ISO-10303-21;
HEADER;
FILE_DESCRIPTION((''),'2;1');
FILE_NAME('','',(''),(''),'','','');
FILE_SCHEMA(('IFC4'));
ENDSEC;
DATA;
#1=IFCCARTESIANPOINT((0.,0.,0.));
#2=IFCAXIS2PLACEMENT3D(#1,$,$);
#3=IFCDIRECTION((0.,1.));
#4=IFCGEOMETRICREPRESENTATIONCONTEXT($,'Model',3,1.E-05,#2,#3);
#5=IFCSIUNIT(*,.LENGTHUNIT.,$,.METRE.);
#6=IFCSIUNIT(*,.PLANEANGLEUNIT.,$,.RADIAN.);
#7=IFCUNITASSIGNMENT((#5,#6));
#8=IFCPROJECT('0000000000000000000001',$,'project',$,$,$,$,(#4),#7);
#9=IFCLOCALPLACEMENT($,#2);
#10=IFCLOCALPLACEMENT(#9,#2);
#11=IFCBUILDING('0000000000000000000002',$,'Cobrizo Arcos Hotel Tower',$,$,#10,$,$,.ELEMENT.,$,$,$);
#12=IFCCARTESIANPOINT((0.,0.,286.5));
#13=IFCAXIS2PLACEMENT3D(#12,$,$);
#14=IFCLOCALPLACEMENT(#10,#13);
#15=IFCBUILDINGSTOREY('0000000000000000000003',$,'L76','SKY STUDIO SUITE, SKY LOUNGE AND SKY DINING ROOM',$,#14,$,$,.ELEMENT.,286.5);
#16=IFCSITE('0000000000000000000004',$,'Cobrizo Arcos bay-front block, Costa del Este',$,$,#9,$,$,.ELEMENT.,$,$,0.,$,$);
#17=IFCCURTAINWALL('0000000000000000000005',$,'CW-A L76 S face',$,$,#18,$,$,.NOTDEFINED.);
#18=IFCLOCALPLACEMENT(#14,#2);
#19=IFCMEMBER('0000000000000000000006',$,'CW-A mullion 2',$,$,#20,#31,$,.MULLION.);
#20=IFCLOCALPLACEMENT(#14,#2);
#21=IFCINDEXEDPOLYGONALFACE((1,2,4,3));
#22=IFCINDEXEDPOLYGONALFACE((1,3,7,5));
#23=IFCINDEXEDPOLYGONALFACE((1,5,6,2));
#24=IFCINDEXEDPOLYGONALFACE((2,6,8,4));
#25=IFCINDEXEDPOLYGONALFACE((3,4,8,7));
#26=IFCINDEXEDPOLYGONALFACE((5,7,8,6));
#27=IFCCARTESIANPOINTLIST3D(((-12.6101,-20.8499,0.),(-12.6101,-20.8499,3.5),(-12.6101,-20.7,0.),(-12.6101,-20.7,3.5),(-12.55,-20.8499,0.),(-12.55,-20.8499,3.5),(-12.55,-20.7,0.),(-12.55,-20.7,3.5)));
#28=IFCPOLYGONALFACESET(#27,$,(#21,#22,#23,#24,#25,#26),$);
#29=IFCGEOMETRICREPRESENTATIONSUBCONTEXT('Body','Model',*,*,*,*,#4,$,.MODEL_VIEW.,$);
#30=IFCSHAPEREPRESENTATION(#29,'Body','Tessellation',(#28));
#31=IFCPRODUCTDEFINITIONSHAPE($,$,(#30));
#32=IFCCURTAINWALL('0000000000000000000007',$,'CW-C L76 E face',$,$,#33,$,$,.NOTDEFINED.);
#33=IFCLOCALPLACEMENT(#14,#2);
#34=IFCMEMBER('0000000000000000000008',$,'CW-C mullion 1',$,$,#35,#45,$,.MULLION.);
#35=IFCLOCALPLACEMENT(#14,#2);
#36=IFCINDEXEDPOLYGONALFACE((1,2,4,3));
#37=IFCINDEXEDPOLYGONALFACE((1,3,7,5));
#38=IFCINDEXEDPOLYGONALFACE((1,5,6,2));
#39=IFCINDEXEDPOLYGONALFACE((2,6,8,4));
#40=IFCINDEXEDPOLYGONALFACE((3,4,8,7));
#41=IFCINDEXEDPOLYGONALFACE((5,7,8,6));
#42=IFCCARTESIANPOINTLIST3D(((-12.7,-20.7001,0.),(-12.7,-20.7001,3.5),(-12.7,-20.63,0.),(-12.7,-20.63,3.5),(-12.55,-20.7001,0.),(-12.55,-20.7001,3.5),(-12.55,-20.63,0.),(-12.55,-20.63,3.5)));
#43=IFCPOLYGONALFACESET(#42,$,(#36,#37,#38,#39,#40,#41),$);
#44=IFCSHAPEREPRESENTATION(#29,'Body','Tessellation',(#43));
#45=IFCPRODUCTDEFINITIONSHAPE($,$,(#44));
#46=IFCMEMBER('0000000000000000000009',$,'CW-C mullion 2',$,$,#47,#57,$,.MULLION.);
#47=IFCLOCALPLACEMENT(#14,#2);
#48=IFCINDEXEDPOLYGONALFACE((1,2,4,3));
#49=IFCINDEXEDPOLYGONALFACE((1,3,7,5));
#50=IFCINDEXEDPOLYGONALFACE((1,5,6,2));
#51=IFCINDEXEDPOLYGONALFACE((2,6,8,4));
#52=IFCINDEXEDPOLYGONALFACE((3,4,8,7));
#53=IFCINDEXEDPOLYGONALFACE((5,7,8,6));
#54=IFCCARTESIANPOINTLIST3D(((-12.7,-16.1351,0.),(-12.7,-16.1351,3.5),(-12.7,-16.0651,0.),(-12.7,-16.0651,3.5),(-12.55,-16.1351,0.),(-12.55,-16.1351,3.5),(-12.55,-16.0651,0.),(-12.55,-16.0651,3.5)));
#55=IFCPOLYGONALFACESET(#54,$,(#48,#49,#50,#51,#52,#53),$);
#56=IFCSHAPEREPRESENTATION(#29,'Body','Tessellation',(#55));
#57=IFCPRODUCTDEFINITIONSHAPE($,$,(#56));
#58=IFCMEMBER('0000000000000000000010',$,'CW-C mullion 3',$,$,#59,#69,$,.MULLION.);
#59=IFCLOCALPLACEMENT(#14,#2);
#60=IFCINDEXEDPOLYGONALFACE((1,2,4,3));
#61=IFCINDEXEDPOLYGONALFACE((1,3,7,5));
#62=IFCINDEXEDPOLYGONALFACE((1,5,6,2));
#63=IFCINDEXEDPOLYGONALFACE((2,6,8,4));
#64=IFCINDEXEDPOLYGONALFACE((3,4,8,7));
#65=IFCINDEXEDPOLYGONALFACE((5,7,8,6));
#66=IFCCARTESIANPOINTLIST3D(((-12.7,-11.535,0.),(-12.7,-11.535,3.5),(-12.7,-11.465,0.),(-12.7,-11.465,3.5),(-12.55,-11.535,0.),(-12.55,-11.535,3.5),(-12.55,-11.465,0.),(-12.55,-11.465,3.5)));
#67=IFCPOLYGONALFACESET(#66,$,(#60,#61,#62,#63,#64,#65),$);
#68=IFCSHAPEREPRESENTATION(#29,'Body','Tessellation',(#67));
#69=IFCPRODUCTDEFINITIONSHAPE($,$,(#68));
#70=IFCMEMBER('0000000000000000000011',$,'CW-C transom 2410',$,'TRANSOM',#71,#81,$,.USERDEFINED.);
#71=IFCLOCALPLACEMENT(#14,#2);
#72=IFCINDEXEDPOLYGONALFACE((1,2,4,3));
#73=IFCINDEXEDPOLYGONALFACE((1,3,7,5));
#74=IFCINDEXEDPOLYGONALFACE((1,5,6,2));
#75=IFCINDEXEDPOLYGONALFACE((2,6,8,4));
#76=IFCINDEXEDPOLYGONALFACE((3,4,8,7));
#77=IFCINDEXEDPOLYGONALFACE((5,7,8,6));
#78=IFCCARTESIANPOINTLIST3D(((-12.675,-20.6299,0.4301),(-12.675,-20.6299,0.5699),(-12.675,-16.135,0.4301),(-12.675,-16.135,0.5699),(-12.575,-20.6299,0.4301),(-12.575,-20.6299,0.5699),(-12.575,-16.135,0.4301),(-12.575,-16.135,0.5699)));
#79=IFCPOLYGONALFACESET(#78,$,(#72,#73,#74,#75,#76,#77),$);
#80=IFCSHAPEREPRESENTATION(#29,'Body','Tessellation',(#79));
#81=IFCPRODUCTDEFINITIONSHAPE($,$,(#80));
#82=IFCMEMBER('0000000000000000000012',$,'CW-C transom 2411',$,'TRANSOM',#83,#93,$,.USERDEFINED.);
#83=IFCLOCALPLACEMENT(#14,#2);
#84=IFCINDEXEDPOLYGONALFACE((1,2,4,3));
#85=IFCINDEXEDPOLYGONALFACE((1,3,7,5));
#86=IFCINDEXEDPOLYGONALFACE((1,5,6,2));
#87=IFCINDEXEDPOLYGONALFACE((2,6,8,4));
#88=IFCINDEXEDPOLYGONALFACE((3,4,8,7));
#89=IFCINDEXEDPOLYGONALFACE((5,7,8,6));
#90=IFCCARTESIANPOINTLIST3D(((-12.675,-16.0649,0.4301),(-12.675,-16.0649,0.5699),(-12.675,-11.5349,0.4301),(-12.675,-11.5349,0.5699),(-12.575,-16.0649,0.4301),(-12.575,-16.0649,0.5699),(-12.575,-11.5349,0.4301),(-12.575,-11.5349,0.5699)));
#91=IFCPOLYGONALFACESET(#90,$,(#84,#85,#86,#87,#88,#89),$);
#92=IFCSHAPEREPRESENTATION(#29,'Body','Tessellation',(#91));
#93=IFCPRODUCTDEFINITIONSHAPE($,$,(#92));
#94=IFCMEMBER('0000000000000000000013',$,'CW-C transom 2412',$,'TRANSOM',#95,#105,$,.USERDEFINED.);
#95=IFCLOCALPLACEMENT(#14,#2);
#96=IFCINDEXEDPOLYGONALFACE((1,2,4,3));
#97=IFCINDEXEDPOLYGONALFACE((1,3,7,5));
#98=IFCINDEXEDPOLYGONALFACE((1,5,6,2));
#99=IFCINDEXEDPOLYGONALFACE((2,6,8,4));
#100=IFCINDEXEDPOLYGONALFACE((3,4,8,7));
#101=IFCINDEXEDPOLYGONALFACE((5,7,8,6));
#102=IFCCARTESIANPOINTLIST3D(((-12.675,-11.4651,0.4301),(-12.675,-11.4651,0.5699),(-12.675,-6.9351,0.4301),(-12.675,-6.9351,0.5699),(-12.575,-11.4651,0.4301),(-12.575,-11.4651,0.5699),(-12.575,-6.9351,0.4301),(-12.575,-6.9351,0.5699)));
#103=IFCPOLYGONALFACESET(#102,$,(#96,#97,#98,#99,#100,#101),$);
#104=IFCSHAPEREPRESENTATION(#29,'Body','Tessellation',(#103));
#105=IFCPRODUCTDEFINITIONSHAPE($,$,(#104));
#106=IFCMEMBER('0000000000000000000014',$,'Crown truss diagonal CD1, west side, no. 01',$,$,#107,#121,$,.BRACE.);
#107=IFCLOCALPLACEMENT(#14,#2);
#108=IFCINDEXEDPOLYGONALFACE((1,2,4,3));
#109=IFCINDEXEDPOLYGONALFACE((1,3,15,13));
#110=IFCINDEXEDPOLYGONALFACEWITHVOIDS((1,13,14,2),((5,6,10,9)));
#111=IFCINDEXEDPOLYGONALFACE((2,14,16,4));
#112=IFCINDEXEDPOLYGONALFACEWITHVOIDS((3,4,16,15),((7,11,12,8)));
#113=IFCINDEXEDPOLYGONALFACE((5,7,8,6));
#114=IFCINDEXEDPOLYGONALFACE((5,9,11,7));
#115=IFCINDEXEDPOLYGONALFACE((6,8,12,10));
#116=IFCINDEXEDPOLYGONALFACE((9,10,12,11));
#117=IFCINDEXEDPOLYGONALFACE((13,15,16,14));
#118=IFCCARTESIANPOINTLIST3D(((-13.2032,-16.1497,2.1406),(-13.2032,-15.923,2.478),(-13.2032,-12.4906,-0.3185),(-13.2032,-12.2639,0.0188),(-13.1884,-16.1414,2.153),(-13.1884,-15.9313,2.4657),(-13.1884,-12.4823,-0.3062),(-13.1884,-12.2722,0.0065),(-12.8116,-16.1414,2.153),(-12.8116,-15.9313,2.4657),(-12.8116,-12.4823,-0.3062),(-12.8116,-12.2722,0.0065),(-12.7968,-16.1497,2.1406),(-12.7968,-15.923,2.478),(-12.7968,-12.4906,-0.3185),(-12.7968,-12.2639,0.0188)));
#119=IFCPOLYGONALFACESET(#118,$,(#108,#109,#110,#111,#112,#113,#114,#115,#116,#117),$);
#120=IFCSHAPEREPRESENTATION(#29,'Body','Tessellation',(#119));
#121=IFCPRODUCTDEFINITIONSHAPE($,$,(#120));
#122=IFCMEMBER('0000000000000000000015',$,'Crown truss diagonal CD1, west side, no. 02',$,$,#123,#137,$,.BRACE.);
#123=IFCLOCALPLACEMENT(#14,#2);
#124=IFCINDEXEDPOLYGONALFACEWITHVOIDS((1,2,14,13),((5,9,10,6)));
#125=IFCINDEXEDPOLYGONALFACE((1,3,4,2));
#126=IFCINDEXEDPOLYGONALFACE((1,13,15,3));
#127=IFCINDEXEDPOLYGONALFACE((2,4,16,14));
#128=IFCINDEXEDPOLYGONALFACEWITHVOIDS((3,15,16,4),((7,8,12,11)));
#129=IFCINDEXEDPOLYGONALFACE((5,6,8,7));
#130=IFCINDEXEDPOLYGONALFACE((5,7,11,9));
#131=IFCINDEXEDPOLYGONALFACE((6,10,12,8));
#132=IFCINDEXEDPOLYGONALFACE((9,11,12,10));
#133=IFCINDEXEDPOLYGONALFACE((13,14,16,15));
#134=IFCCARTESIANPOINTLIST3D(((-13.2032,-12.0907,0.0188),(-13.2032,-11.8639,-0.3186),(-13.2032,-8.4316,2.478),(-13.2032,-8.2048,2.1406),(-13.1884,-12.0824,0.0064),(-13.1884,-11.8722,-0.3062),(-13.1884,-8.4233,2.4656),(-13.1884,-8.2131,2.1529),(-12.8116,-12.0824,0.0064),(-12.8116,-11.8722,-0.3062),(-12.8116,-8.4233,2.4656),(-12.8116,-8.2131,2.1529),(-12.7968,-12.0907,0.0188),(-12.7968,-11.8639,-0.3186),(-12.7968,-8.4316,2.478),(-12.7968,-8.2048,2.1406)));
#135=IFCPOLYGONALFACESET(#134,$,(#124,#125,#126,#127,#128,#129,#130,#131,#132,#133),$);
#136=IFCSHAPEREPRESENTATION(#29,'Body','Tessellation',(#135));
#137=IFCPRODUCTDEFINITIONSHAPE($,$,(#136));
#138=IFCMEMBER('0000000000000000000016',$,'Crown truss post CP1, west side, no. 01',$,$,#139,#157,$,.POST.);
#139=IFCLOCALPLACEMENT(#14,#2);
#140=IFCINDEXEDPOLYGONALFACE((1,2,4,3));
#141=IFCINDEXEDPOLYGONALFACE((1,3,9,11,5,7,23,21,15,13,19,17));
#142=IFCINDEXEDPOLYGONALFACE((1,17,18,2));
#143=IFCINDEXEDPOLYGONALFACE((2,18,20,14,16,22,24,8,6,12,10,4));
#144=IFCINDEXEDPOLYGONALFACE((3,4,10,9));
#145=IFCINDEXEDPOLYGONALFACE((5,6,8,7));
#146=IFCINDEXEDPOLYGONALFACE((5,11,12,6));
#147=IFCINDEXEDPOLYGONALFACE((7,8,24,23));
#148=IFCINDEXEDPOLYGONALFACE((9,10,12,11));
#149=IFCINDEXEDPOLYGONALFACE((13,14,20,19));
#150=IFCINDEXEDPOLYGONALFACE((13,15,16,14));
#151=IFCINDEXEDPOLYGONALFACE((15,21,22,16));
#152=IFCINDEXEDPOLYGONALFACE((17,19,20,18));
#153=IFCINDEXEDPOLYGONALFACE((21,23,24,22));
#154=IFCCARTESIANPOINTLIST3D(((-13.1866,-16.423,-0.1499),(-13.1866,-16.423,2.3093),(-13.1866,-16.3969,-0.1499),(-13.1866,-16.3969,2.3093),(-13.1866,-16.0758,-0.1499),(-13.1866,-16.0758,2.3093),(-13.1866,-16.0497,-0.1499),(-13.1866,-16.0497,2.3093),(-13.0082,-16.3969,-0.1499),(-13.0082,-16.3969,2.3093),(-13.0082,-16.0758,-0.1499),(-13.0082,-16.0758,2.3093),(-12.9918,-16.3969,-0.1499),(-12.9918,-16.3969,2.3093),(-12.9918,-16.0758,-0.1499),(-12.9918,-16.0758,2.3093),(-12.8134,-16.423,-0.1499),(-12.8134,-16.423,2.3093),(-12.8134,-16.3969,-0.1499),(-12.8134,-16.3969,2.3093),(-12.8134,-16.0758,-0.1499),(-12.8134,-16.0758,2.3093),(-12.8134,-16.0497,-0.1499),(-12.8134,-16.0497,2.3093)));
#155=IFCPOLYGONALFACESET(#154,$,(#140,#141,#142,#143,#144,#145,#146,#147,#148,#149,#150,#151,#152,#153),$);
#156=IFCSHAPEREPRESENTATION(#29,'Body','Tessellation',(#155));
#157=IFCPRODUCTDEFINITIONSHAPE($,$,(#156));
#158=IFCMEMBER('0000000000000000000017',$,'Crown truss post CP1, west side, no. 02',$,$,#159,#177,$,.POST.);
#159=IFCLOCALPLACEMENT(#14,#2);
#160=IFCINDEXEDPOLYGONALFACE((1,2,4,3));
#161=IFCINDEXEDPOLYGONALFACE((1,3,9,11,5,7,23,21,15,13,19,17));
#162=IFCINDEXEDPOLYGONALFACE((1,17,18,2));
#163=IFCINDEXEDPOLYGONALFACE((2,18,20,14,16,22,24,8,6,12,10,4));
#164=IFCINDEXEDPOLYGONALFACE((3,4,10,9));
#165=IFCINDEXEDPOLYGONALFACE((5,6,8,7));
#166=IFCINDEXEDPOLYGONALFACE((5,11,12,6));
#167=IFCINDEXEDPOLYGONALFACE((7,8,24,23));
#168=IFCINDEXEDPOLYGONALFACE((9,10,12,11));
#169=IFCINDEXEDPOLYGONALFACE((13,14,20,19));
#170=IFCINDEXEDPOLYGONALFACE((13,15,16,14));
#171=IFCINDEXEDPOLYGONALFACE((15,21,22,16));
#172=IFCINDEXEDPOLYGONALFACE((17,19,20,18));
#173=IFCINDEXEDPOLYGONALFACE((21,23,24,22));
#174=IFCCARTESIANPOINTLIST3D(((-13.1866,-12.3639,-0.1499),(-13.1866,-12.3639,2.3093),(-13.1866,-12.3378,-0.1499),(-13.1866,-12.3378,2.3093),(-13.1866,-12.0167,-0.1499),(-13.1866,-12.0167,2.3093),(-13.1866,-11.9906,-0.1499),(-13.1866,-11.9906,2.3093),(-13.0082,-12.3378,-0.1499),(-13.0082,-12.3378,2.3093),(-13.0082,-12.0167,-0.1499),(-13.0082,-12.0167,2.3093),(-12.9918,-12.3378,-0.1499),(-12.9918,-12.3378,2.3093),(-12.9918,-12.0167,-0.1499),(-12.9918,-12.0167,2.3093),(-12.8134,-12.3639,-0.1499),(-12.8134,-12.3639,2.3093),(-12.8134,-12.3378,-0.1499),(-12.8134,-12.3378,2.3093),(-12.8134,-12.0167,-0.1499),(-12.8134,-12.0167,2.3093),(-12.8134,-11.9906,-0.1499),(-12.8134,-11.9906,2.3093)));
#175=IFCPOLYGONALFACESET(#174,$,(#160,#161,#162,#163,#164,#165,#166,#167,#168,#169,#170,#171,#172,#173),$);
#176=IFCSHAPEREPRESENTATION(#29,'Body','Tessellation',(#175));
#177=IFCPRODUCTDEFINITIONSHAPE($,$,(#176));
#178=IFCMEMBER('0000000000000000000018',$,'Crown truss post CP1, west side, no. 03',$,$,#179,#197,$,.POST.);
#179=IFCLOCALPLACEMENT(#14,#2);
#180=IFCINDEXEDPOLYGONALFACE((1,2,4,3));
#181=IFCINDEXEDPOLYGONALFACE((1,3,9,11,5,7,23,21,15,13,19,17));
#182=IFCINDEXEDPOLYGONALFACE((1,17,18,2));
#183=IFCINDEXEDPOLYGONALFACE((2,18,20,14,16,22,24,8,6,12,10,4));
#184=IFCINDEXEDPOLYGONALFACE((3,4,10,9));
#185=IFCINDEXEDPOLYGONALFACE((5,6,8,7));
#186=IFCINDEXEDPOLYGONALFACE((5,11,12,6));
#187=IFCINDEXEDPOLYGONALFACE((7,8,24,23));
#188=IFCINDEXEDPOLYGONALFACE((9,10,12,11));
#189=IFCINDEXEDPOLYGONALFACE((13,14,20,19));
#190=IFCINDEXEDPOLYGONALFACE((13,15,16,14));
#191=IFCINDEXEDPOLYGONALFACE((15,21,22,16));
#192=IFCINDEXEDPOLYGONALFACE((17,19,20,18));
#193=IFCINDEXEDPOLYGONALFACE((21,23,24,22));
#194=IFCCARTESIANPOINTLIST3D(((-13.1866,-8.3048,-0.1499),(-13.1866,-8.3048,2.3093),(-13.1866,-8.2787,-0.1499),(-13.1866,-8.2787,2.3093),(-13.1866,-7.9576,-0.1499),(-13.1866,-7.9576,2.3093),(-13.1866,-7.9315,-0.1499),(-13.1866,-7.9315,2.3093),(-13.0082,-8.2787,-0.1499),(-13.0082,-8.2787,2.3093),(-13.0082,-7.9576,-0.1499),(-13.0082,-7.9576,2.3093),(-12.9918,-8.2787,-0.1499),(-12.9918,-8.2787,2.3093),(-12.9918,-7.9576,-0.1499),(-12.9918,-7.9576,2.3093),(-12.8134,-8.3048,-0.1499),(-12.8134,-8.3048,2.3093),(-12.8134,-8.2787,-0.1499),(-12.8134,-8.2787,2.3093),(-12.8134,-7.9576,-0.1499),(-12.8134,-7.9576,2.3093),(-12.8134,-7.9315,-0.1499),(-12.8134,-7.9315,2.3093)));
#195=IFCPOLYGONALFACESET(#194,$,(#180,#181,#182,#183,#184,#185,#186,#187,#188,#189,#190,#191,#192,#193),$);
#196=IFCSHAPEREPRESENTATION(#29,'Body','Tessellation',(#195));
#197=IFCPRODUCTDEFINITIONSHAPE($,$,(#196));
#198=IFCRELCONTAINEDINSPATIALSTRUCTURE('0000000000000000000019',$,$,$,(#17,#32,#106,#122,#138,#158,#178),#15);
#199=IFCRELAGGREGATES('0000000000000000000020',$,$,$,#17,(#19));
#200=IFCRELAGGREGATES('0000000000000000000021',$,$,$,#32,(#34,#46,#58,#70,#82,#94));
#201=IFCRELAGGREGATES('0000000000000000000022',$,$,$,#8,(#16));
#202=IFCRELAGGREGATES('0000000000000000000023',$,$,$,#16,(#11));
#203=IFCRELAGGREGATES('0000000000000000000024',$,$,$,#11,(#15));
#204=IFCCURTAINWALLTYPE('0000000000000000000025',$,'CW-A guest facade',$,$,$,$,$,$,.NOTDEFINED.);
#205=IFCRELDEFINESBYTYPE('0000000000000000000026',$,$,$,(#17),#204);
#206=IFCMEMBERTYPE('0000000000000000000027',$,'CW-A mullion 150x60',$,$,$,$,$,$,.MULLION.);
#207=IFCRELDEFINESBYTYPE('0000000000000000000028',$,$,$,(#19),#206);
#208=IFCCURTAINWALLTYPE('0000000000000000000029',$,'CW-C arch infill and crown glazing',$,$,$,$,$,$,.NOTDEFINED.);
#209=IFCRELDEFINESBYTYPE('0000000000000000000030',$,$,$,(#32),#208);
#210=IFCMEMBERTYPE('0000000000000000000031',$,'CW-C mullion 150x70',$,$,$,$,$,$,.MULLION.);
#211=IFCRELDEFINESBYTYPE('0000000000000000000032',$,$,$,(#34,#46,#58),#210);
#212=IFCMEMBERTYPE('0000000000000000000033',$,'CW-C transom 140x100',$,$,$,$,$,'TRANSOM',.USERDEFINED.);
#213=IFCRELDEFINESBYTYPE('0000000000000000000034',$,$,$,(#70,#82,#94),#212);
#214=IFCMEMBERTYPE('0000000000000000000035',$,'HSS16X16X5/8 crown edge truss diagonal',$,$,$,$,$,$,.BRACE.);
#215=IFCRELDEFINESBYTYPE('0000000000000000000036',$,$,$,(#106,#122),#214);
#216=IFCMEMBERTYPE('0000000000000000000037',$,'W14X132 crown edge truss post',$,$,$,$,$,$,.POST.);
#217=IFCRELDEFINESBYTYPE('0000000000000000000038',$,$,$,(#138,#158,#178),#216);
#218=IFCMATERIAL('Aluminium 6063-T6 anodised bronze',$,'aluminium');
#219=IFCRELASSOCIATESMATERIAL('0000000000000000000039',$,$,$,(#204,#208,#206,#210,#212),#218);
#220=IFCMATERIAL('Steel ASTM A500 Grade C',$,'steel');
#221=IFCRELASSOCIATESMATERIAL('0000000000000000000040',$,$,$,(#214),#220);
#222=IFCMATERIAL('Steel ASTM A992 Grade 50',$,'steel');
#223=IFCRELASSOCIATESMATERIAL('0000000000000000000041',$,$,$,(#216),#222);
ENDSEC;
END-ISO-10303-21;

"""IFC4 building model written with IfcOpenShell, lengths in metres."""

from ifc_helpers import new_model, si_unit, direction, frame, origin, origin_2d, place, context, subcontext, project, spatial, rectangle, hollow_rectangle, i_section, extrude, material, material_profile, profile_set, type_object, element, aggregate, save


model = new_model("IFC4")

# Units and contexts
model_context = context("Model", 3, precision=1e-05, world=origin(), true_north=direction((0.0, 1.0)))
body_context = subcontext(model_context, "Body", "Model", "MODEL_VIEW")
ifc_project = project(units=[si_unit("LENGTHUNIT", "METRE"), si_unit("PLANEANGLEUNIT", "RADIAN")], contexts=[model_context])

# Site, building, storey
site_placement = place(None, origin())
site = spatial("IfcSite", under=ifc_project, at=site_placement, Name="Cobrizo Arcos bay-front block, Costa del Este", CompositionType="ELEMENT", RefElevation=0.0)
building_placement = place(site_placement, origin())
building = spatial("IfcBuilding", under=site, at=building_placement, Name="Cobrizo Arcos Hotel Tower", CompositionType="ELEMENT")
storey_placement = place(building_placement, frame((0.0, 0.0, 286.5)))
storey = spatial("IfcBuildingStorey", under=building, at=storey_placement, Name="L76", Description="SKY STUDIO SUITE, SKY LOUNGE AND SKY DINING ROOM", CompositionType="ELEMENT", Elevation=286.5)

# Curtain wall, member
ifc_material_1 = material(Name="Aluminium 6063-T6 anodised bronze", Category="aluminium")
curtain_wall_type_1 = type_object("IfcCurtainWallType", Name="CW-A guest facade", PredefinedType="NOTDEFINED", material=ifc_material_1)
curtain_wall_1_placement = place(storey_placement, origin())
curtain_wall_1 = element("IfcCurtainWall", 1, at=curtain_wall_1_placement, inside=storey, type_object=curtain_wall_type_1, Name="CW-A L76 S face", PredefinedType="NOTDEFINED")
ifc_material_profile_1 = material_profile(ifc_material_1, rectangle(XDim=0.1499, YDim=0.0601, at=origin_2d()), Name="CW-A mullion 150x60")
ifc_profile_set_1 = profile_set([ifc_material_profile_1], Name="Aluminium 6063-T6 anodised bronze")
member_type_1 = type_object("IfcMemberType", Name="CW-A mullion 150x60", PredefinedType="MULLION", material=ifc_profile_set_1)
member_1_placement = place(storey_placement, frame((-12.5801, -20.7749, 0.0), z_axis=(0.0, 0.0, 1.0), x_axis=(0.0, -1.0, 0.0)))
member_1 = element("IfcMember", 2, at=member_1_placement, type_object=member_type_1, Name="CW-A mullion 2", PredefinedType="MULLION", context=body_context, shape_type="SweptSolid", body=[
    extrude(rectangle(XDim=0.1499, YDim=0.0601, at=origin_2d()), origin(), (0.0, 0.0, 1.0), 3.5),
])
aggregate(curtain_wall_1, [member_1])

# Curtain wall, members
curtain_wall_type_2 = type_object("IfcCurtainWallType", Name="CW-C arch infill and crown glazing", PredefinedType="NOTDEFINED", material=ifc_material_1)
curtain_wall_2_placement = place(storey_placement, origin())
curtain_wall_2 = element("IfcCurtainWall", 3, at=curtain_wall_2_placement, inside=storey, type_object=curtain_wall_type_2, Name="CW-C L76 E face", PredefinedType="NOTDEFINED")
ifc_material_profile_2 = material_profile(ifc_material_1, rectangle(XDim=0.1499, YDim=0.0701, at=origin_2d()), Name="CW-C mullion 150x70")
ifc_profile_set_2 = profile_set([ifc_material_profile_2], Name="Aluminium 6063-T6 anodised bronze")
member_type_2 = type_object("IfcMemberType", Name="CW-C mullion 150x70", PredefinedType="MULLION", material=ifc_profile_set_2)
member_2_placement = place(storey_placement, frame((-12.625, -20.665, 0.0), z_axis=(0.0, 0.0, 1.0), x_axis=(1.0, 0.0, 0.0)))
member_2 = element("IfcMember", 4, at=member_2_placement, type_object=member_type_2, Name="CW-C mullion 1", PredefinedType="MULLION", context=body_context, shape_type="SweptSolid", body=[
    extrude(rectangle(XDim=0.1499, YDim=0.0701, at=origin_2d()), origin(), (0.0, 0.0, 1.0), 3.5),
])
member_3_placement = place(storey_placement, frame((-12.625, -16.1001, 0.0), z_axis=(0.0, 0.0, 1.0), x_axis=(1.0, 0.0, 0.0)))
member_3 = element("IfcMember", 5, at=member_3_placement, type_object=member_type_2, Name="CW-C mullion 2", PredefinedType="MULLION", context=body_context, shape_type="SweptSolid", body=[
    extrude(rectangle(XDim=0.1499, YDim=0.0701, at=origin_2d()), origin(), (0.0, 0.0, 1.0), 3.5),
])
member_4_placement = place(storey_placement, frame((-12.625, -11.5, 0.0), z_axis=(0.0, 0.0, 1.0), x_axis=(1.0, 0.0, 0.0)))
member_4 = element("IfcMember", 6, at=member_4_placement, type_object=member_type_2, Name="CW-C mullion 3", PredefinedType="MULLION", context=body_context, shape_type="SweptSolid", body=[
    extrude(rectangle(XDim=0.1499, YDim=0.0701, at=origin_2d()), origin(), (0.0, 0.0, 1.0), 3.5),
])
ifc_material_profile_3 = material_profile(ifc_material_1, rectangle(XDim=0.1001, YDim=0.1399, at=origin_2d()), Name="CW-C transom 140x100")
ifc_profile_set_3 = profile_set([ifc_material_profile_3], Name="Aluminium 6063-T6 anodised bronze")
member_type_3 = type_object("IfcMemberType", Name="CW-C transom 140x100", ElementType="TRANSOM", PredefinedType="USERDEFINED", material=ifc_profile_set_3)
member_5_placement = place(storey_placement, frame((-12.625, -20.6299, 0.5), z_axis=(0.0, 1.0, 0.0), x_axis=(-1.0, 0.0, 0.0)))
member_5 = element("IfcMember", 7, at=member_5_placement, type_object=member_type_3, Name="CW-C transom 2410", ObjectType="TRANSOM", PredefinedType="USERDEFINED", context=body_context, shape_type="SweptSolid", body=[
    extrude(rectangle(XDim=0.1001, YDim=0.1399, at=origin_2d()), origin(), (0.0, 0.0, 1.0), 4.4949),
])
member_6_placement = place(storey_placement, frame((-12.625, -16.0649, 0.5), z_axis=(0.0, 1.0, 0.0), x_axis=(-1.0, 0.0, 0.0)))
member_6 = element("IfcMember", 8, at=member_6_placement, type_object=member_type_3, Name="CW-C transom 2411", ObjectType="TRANSOM", PredefinedType="USERDEFINED", context=body_context, shape_type="SweptSolid", body=[
    extrude(rectangle(XDim=0.1001, YDim=0.1399, at=origin_2d()), origin(), (0.0, 0.0, 1.0), 4.53),
])
member_7_placement = place(storey_placement, frame((-12.625, -11.4651, 0.5), z_axis=(0.0, 1.0, 0.0), x_axis=(-1.0, 0.0, 0.0)))
member_7 = element("IfcMember", 9, at=member_7_placement, type_object=member_type_3, Name="CW-C transom 2412", ObjectType="TRANSOM", PredefinedType="USERDEFINED", context=body_context, shape_type="SweptSolid", body=[
    extrude(rectangle(XDim=0.1001, YDim=0.1399, at=origin_2d()), origin(), (0.0, 0.0, 1.0), 4.53),
])

# Members
ifc_material_2 = material(Name="Steel ASTM A500 Grade C", Category="steel")
ifc_material_profile_4 = material_profile(ifc_material_2, hollow_rectangle(XDim=0.4065, YDim=0.4065, WallThickness=0.0149, at=origin_2d()), Name="HSS16X16X5/8")
ifc_profile_set_4 = profile_set([ifc_material_profile_4], Name="Steel ASTM A500 Grade C")
member_type_4 = type_object("IfcMemberType", Name="HSS16X16X5/8 crown edge truss diagonal", PredefinedType="BRACE", material=ifc_profile_set_4)
for number, where, z_axis, x_axis, name in (
    (10, (-13.0, -16.0364, 2.3093), (0.0, 0.829974, -0.557802), (-1.0, 0.0, 0.0), "Crown truss diagonal CD1, west side, no. 01"),
    (11, (-13.0, -11.9773, -0.1499), (0.0, 0.829974, 0.557802), (-1.0, 0.0, 0.0), "Crown truss diagonal CD1, west side, no. 02"),
):
    element("IfcMember", number, at=place(storey_placement, frame(where, z_axis=z_axis, x_axis=x_axis)), inside=storey, type_object=member_type_4, Name=name, PredefinedType="BRACE", context=body_context, shape_type="SweptSolid", body=[
        extrude(hollow_rectangle(XDim=0.4065, YDim=0.4065, WallThickness=0.0149, at=origin_2d()), origin(), (0.0, 0.0, 1.0), 4.4087),
    ])
ifc_material_3 = material(Name="Steel ASTM A992 Grade 50", Category="steel")
ifc_material_profile_5 = material_profile(ifc_material_3, i_section(OverallWidth=0.3733, OverallDepth=0.3733, WebThickness=0.0164, FlangeThickness=0.0261, at=origin_2d()), Name="W14X132")
ifc_profile_set_5 = profile_set([ifc_material_profile_5], Name="Steel ASTM A992 Grade 50")
member_type_5 = type_object("IfcMemberType", Name="W14X132 crown edge truss post", PredefinedType="POST", material=ifc_profile_set_5)
for number, where, z_axis, x_axis, name in (
    (12, (-13.0, -16.2363, -0.1499), (0.0, 0.0, 1.0), (1.0, 0.0, 0.0), "Crown truss post CP1, west side, no. 01"),
    (13, (-13.0, -12.1772, -0.1499), (0.0, 0.0, 1.0), (1.0, 0.0, 0.0), "Crown truss post CP1, west side, no. 02"),
    (14, (-13.0, -8.1182, -0.1499), (0.0, 0.0, 1.0), (1.0, 0.0, 0.0), "Crown truss post CP1, west side, no. 03"),
):
    element("IfcMember", number, at=place(storey_placement, frame(where, z_axis=z_axis, x_axis=x_axis)), inside=storey, type_object=member_type_5, Name=name, PredefinedType="POST", context=body_context, shape_type="SweptSolid", body=[
        extrude(i_section(OverallWidth=0.3733, OverallDepth=0.3733, WebThickness=0.0164, FlangeThickness=0.0261, at=origin_2d()), origin(), (0.0, 0.0, 1.0), 2.4592),
    ])

aggregate(curtain_wall_2, [member_2, member_3, member_4, member_5, member_6, member_7])

save(model, "model.ifc")
